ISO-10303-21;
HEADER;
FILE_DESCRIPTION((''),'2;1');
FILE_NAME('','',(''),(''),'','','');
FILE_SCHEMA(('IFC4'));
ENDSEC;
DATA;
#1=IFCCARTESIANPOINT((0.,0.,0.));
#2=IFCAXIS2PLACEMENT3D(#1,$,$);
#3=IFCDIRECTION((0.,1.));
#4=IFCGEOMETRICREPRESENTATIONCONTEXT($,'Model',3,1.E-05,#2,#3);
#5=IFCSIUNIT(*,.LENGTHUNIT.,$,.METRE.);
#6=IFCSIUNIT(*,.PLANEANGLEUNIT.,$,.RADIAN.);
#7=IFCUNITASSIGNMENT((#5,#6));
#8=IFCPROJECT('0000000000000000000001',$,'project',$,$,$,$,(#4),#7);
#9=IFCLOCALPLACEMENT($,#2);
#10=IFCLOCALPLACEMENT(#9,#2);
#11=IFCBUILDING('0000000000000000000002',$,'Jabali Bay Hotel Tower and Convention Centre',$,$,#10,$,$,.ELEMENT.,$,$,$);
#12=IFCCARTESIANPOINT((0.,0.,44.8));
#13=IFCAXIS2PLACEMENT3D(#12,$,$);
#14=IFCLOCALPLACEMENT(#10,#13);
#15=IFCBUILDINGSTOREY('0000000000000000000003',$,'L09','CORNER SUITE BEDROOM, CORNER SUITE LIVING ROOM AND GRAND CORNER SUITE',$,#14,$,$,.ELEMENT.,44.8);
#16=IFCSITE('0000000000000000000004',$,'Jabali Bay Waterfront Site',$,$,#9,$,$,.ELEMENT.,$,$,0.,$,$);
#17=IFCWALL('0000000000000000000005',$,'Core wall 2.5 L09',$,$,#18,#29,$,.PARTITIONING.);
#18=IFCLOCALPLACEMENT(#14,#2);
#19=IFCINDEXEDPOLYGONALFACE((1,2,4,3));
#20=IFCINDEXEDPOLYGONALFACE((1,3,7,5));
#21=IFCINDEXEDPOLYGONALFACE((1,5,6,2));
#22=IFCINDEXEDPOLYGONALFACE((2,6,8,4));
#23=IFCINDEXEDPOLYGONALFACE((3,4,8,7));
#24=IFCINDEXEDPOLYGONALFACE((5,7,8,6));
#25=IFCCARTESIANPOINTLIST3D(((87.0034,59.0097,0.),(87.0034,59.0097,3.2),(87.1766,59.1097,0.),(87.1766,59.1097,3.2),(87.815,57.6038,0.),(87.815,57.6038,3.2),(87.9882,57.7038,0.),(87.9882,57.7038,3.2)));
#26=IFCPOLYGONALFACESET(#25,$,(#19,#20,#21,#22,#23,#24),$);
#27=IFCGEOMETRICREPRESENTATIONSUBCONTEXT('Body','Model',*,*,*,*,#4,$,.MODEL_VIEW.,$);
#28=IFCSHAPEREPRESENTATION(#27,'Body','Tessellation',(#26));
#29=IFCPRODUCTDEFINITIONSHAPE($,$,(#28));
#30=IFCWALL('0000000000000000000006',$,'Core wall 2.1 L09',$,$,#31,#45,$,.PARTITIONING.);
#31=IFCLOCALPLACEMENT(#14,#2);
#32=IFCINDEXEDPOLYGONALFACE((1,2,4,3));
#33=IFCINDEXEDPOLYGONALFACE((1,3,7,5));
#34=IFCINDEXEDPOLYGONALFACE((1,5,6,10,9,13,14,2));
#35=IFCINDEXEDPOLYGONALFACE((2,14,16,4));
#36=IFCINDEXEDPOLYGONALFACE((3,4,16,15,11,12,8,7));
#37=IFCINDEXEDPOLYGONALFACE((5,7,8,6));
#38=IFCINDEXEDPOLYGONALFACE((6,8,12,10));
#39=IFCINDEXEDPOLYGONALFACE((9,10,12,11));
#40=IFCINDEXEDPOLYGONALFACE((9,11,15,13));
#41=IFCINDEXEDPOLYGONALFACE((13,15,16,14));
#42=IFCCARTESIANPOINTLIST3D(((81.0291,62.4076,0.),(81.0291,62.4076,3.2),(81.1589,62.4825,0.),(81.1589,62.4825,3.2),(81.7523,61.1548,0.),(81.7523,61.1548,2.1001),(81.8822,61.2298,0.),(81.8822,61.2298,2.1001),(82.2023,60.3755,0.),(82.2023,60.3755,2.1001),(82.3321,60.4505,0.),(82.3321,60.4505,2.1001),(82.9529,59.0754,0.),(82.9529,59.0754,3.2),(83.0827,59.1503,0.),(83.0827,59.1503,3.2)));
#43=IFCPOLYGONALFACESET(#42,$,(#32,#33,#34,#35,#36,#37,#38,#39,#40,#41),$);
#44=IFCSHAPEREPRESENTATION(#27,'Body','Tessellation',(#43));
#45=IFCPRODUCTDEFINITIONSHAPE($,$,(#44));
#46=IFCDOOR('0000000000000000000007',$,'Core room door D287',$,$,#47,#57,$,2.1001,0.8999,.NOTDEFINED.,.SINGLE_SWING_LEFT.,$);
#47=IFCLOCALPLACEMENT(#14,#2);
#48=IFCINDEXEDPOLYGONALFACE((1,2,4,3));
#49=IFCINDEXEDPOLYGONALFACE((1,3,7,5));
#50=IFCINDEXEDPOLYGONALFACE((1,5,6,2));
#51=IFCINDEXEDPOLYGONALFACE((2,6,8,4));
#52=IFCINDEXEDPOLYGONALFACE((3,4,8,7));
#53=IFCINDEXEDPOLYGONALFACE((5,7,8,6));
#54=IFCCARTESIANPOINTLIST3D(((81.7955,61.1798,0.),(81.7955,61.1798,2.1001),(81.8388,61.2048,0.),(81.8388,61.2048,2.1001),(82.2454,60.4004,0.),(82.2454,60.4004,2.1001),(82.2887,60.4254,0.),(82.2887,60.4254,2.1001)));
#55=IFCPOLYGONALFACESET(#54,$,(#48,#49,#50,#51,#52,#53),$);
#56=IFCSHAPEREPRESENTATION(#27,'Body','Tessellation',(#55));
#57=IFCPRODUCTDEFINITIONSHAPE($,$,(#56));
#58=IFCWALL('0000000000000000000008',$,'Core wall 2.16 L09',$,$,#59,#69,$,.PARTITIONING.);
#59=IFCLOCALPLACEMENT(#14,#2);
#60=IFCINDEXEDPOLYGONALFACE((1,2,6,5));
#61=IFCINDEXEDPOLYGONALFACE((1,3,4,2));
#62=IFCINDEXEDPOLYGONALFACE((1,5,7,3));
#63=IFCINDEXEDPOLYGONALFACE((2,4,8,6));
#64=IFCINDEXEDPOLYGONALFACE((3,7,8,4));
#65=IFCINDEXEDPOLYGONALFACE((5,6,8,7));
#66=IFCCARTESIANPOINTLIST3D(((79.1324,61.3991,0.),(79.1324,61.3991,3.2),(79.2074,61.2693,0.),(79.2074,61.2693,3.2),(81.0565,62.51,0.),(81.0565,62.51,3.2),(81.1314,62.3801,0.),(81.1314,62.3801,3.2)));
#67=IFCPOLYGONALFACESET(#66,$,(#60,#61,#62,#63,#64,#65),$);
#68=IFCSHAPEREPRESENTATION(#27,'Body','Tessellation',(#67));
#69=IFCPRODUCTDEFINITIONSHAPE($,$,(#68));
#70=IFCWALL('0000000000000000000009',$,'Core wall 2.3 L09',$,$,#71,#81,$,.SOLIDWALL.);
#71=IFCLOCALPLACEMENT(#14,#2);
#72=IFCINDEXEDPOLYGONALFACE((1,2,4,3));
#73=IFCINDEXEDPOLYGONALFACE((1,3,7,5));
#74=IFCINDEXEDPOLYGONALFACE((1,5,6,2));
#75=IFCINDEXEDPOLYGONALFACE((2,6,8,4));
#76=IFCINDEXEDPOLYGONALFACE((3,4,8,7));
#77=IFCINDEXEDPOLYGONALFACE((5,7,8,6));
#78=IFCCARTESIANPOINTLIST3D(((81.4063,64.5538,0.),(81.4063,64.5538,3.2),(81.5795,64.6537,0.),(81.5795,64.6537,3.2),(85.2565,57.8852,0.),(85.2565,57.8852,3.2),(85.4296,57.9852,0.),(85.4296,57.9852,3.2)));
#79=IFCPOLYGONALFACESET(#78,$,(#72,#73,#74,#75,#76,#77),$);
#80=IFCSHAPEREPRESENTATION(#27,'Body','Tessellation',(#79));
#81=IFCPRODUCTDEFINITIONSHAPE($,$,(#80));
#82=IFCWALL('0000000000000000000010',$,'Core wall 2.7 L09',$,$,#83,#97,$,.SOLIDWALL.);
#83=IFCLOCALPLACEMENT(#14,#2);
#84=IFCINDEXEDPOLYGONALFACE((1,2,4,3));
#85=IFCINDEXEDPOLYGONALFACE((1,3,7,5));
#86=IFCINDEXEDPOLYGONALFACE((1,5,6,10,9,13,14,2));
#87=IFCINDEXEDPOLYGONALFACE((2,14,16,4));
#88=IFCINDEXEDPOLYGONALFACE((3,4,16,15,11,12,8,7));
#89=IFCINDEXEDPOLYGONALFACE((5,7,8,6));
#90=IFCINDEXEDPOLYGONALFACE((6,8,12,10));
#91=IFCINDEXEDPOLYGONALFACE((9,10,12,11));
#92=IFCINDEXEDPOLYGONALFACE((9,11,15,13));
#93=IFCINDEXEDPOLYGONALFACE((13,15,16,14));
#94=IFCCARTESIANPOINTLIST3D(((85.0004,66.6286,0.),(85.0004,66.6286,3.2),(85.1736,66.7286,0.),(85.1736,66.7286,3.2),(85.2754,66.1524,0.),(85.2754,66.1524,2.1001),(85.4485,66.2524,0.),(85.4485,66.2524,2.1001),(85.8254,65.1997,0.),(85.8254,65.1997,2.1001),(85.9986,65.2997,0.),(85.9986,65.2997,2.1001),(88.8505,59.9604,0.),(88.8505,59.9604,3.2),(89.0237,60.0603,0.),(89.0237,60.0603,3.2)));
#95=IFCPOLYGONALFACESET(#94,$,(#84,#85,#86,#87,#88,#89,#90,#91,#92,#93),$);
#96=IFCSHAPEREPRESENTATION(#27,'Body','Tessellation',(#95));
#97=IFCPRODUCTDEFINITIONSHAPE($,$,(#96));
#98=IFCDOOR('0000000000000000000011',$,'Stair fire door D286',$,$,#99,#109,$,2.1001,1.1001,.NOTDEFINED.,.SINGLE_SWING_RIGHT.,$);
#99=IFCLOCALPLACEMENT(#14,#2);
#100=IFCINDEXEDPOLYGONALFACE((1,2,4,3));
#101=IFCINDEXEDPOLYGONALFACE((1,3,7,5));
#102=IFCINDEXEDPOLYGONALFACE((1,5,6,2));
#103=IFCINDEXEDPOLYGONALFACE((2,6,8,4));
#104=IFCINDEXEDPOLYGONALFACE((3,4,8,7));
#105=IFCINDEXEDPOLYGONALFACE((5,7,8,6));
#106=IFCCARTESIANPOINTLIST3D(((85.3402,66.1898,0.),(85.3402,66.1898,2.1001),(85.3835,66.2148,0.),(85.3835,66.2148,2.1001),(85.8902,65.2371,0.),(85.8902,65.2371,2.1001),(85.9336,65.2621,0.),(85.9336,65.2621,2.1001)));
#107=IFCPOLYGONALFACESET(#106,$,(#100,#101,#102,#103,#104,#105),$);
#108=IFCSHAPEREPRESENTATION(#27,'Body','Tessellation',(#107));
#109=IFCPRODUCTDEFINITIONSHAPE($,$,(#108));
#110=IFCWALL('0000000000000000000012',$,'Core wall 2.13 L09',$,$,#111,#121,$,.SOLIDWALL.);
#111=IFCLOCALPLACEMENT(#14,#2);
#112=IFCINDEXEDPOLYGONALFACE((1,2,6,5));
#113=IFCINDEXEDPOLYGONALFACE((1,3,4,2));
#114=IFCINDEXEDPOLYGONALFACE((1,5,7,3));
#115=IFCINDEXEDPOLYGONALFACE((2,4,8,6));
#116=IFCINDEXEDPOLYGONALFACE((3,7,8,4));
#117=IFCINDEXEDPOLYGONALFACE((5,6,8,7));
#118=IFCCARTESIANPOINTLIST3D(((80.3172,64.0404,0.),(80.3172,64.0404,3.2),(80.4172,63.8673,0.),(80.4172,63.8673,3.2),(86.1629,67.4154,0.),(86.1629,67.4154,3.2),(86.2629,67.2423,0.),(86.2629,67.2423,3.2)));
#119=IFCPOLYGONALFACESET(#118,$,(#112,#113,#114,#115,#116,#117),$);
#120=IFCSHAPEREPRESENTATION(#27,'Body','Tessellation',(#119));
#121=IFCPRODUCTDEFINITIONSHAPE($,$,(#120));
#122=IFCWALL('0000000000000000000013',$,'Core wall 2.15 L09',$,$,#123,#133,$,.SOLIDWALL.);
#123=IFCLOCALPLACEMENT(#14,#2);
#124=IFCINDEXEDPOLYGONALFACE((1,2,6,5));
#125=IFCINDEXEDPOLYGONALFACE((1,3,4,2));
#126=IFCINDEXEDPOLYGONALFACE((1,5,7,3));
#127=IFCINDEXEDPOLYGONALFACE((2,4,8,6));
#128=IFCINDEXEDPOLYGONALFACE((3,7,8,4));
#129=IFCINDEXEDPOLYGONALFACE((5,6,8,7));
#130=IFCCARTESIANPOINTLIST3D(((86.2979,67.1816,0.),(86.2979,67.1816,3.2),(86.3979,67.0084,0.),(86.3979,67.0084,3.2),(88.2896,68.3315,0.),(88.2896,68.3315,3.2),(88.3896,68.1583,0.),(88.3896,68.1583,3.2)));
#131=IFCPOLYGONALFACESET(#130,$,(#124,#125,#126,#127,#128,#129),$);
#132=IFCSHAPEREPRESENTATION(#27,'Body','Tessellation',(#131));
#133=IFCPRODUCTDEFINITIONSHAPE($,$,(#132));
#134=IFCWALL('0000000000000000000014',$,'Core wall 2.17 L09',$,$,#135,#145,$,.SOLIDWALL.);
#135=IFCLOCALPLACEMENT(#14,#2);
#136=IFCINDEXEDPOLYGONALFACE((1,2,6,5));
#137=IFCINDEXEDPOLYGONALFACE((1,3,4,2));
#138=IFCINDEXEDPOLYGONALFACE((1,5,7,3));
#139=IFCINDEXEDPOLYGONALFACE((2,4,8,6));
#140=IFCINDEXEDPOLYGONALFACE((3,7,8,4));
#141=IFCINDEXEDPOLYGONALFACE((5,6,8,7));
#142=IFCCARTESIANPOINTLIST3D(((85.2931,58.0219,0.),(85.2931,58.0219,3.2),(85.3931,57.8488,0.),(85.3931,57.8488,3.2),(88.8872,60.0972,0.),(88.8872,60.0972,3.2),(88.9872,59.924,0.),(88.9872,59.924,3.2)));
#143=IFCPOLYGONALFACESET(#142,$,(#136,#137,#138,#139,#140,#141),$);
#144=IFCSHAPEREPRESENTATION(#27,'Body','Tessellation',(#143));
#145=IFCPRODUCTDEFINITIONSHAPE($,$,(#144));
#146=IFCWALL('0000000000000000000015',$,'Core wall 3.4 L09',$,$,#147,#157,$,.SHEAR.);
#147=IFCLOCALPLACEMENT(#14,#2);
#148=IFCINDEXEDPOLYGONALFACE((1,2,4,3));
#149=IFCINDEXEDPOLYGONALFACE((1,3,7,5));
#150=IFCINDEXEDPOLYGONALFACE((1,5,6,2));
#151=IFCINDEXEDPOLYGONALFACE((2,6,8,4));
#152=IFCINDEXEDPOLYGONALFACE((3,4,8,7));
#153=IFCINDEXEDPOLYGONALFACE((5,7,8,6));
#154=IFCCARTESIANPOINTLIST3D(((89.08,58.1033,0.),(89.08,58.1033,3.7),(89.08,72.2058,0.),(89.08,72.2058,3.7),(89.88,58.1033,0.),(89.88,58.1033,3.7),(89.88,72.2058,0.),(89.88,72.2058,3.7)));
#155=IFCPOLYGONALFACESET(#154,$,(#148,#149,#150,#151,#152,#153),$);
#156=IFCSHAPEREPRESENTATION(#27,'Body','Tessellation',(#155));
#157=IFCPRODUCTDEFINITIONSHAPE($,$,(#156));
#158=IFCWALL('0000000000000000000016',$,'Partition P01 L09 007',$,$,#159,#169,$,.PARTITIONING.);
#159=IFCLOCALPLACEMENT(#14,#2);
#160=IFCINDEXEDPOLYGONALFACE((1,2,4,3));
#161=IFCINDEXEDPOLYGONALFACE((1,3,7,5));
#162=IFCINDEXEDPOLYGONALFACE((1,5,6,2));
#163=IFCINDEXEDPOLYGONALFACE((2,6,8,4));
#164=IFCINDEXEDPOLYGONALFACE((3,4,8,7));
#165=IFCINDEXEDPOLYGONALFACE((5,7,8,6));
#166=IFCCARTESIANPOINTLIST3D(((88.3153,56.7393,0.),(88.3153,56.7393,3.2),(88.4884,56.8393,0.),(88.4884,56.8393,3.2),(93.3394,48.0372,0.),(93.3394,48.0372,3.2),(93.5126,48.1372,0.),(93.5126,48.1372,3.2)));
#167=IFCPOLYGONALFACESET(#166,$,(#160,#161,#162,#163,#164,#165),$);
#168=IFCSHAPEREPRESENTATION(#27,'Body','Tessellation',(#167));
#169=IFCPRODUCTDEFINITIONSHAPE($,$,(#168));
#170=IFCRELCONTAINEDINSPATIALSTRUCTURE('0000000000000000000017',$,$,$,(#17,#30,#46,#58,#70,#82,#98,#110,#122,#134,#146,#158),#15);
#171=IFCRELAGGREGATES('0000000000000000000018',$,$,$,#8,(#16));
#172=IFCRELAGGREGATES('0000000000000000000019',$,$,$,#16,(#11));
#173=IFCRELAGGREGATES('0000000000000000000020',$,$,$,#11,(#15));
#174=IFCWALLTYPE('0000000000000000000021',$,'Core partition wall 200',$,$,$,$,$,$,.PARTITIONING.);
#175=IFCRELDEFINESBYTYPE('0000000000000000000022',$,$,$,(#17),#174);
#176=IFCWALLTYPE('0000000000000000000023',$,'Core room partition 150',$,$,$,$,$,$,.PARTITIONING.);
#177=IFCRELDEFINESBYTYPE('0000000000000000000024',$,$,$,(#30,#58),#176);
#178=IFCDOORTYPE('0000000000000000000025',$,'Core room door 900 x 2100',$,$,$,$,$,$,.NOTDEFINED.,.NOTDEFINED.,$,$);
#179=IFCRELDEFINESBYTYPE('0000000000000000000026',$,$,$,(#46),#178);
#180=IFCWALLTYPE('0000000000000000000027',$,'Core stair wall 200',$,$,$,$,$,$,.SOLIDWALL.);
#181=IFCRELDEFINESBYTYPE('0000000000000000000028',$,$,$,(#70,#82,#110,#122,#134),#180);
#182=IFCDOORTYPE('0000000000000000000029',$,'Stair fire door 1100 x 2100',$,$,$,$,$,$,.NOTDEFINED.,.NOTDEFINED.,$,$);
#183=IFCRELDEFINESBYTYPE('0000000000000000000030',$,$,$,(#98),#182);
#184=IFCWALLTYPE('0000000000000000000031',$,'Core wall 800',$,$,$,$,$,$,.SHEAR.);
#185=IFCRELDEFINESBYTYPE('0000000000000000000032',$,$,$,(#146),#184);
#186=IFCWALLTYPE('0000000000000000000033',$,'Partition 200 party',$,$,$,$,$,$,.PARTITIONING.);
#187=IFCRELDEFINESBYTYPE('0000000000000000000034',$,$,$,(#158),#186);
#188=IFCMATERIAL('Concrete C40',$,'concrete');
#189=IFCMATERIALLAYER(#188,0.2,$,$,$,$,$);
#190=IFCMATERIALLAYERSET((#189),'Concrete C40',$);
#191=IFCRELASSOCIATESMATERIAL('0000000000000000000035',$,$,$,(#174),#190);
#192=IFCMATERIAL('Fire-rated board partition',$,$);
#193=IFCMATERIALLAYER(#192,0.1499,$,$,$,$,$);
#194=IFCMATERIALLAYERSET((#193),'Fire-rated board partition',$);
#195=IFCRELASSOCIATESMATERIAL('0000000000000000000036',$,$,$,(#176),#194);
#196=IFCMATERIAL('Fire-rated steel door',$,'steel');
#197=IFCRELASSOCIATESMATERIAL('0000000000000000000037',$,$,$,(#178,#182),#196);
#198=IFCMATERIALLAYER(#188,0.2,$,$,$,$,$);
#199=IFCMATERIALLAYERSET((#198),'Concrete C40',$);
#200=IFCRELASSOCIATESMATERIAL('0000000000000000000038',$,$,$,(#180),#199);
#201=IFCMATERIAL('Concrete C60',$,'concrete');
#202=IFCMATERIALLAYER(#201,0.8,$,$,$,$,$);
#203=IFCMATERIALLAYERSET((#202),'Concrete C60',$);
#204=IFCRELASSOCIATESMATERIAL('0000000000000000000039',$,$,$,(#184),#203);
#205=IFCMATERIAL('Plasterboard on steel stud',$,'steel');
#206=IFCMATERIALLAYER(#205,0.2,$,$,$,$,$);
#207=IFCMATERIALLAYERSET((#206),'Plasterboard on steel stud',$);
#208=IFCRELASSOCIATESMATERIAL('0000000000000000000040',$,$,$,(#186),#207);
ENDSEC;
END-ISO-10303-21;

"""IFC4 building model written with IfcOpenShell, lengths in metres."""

from ifc_helpers import new_model, si_unit, direction, frame, frame_2d, origin, place, context, subcontext, project, spatial, rectangle, extrude, material, layer, layer_set, type_object, element, fill, save


model = new_model("IFC4")

# Units and contexts
model_context = context("Model", 3, precision=1e-05, world=origin(), true_north=direction((0.0, 1.0)))
body_context = subcontext(model_context, "Body", "Model", "MODEL_VIEW")
ifc_project = project(units=[si_unit("LENGTHUNIT", "METRE"), si_unit("PLANEANGLEUNIT", "RADIAN")], contexts=[model_context])

# Site, building, storey
site_placement = place(None, origin())
site = spatial("IfcSite", under=ifc_project, at=site_placement, Name="Jabali Bay Waterfront Site", CompositionType="ELEMENT", RefElevation=0.0)
building_placement = place(site_placement, origin())
building = spatial("IfcBuilding", under=site, at=building_placement, Name="Jabali Bay Hotel Tower and Convention Centre", CompositionType="ELEMENT")
storey_placement = place(building_placement, frame((0.0, 0.0, 44.8)))
storey = spatial("IfcBuildingStorey", under=building, at=storey_placement, Name="L09", Description="CORNER SUITE BEDROOM, CORNER SUITE LIVING ROOM AND GRAND CORNER SUITE", CompositionType="ELEMENT", Elevation=44.8)

# Wall
ifc_material_1 = material(Name="Concrete C40", Category="concrete")
ifc_layer_1 = layer(ifc_material_1, 0.2)
ifc_layer_set_1 = layer_set([ifc_layer_1], Name="Concrete C40")
wall_type_1 = type_object("IfcWallType", Name="Core partition wall 200", PredefinedType="PARTITIONING", material=ifc_layer_set_1)
wall_1_placement = place(storey_placement, frame((87.0901, 59.0596, 0.0), z_axis=(0.0, 0.0, 1.0), x_axis=(0.499957, -0.86605, 0.0)))
element("IfcWall", 1, at=wall_1_placement, inside=storey, type_object=wall_type_1, Name="Core wall 2.5 L09", PredefinedType="PARTITIONING", context=body_context, shape_type="SweptSolid", body=[
    extrude(rectangle(XDim=1.6233, YDim=0.2, at=frame_2d((0.8115, 0.0))), origin(), (0.0, 0.0, 1.0), 3.2),
])

# Wall, opening, door
ifc_material_2 = material(Name="Fire-rated board partition")
ifc_layer_2 = layer(ifc_material_2, 0.1499)
ifc_layer_set_2 = layer_set([ifc_layer_2], Name="Fire-rated board partition")
wall_type_2 = type_object("IfcWallType", Name="Core room partition 150", PredefinedType="PARTITIONING", material=ifc_layer_set_2)
wall_2_placement = place(storey_placement, frame((81.094, 62.4451, 0.0), z_axis=(0.0, 0.0, 1.0), x_axis=(0.499988, -0.866032, 0.0)))
wall_2 = element("IfcWall", 2, at=wall_2_placement, inside=storey, type_object=wall_type_2, Name="Core wall 2.1 L09", PredefinedType="PARTITIONING", context=body_context, shape_type="SweptSolid", body=[
    extrude(rectangle(XDim=3.8477, YDim=0.1499, at=frame_2d((1.9238, 0.0))), origin(), (0.0, 0.0, 1.0), 3.2),
])
opening_1_placement = place(wall_2_placement, frame((1.4465, 0.0, 0.0)))
opening_1 = element("IfcOpeningElement", 3, at=opening_1_placement, cuts=wall_2, PredefinedType="OPENING", context=body_context, shape_type="SweptSolid", body=[
    extrude(rectangle(XDim=0.8999, YDim=2.1001, at=frame_2d((0.45, 1.05))), frame((0.0, 0.0854, 0.0), z_axis=(0.0, -1.0, 0.0), x_axis=(1.0, 0.0, 0.0)), (0.0, 0.0, 1.0), 0.1709),
])
ifc_material_3 = material(Name="Fire-rated steel door", Category="steel")
door_type_1 = type_object("IfcDoorType", Name="Core room door 900 x 2100", OperationType="NOTDEFINED", PredefinedType="NOTDEFINED", material=ifc_material_3)
door_1_placement = place(opening_1_placement, origin())
door_1 = element("IfcDoor", 4, at=door_1_placement, inside=storey, type_object=door_type_1, Name="Core room door D287", OperationType="SINGLE_SWING_LEFT", OverallHeight=2.1001, OverallWidth=0.8999, PredefinedType="NOTDEFINED", context=body_context, shape_type="SweptSolid", body=[
    extrude(rectangle(XDim=0.8999, YDim=2.1001, at=frame_2d((0.45, 1.05))), frame((0.0, 0.0249, 0.0), z_axis=(0.0, -1.0, 0.0), x_axis=(1.0, 0.0, 0.0)), (0.0, 0.0, 1.0), 0.05),
])
fill(opening_1, door_1)

# Walls
wall_3_placement = place(storey_placement, frame((79.1699, 61.3342, 0.0), z_axis=(0.0, 0.0, 1.0), x_axis=(0.86603, 0.499992, 0.0)))
element("IfcWall", 5, at=wall_3_placement, inside=storey, type_object=wall_type_2, Name="Core wall 2.16 L09", PredefinedType="PARTITIONING", context=body_context, shape_type="SweptSolid", body=[
    extrude(rectangle(XDim=2.2217, YDim=0.1499, at=frame_2d((1.1108, 0.0))), origin(), (0.0, 0.0, 1.0), 3.2),
])
ifc_layer_3 = layer(ifc_material_1, 0.2)
ifc_layer_set_3 = layer_set([ifc_layer_3], Name="Concrete C40")
wall_type_3 = type_object("IfcWallType", Name="Core stair wall 200", PredefinedType="SOLIDWALL", material=ifc_layer_set_3)
wall_4_placement = place(storey_placement, frame((81.4929, 64.6038, 0.0), z_axis=(0.0, 0.0, 1.0), x_axis=(0.500006, -0.866022, 0.0)))
element("IfcWall", 6, at=wall_4_placement, inside=storey, type_object=wall_type_3, Name="Core wall 2.3 L09", PredefinedType="SOLIDWALL", context=body_context, shape_type="SweptSolid", body=[
    extrude(rectangle(XDim=7.7002, YDim=0.2, at=frame_2d((3.8501, 0.0))), origin(), (0.0, 0.0, 1.0), 3.2),
])

# Wall, opening, door
wall_5_placement = place(storey_placement, frame((85.0869, 66.6787, 0.0), z_axis=(0.0, 0.0, 1.0), x_axis=(0.50002, -0.866014, 0.0)))
wall_5 = element("IfcWall", 7, at=wall_5_placement, inside=storey, type_object=wall_type_3, Name="Core wall 2.7 L09", PredefinedType="SOLIDWALL", context=body_context, shape_type="SweptSolid", body=[
    extrude(rectangle(XDim=7.7, YDim=0.2, at=frame_2d((3.8501, 0.0))), origin(), (0.0, 0.0, 1.0), 3.2),
])
opening_2_placement = place(wall_5_placement, frame((0.55, 0.0, 0.0)))
opening_2 = element("IfcOpeningElement", 8, at=opening_2_placement, cuts=wall_5, PredefinedType="OPENING", context=body_context, shape_type="SweptSolid", body=[
    extrude(rectangle(XDim=1.1001, YDim=2.1001, at=frame_2d((0.55, 1.05))), frame((0.0, 0.1104, 0.0), z_axis=(0.0, -1.0, 0.0), x_axis=(1.0, 0.0, 0.0)), (0.0, 0.0, 1.0), 0.2209),
])
door_type_2 = type_object("IfcDoorType", Name="Stair fire door 1100 x 2100", OperationType="NOTDEFINED", PredefinedType="NOTDEFINED", material=ifc_material_3)
door_2_placement = place(opening_2_placement, origin())
door_2 = element("IfcDoor", 9, at=door_2_placement, inside=storey, type_object=door_type_2, Name="Stair fire door D286", OperationType="SINGLE_SWING_RIGHT", OverallHeight=2.1001, OverallWidth=1.1001, PredefinedType="NOTDEFINED", context=body_context, shape_type="SweptSolid", body=[
    extrude(rectangle(XDim=1.1001, YDim=2.1001, at=frame_2d((0.55, 1.05))), frame((0.0, 0.0249, 0.0), z_axis=(0.0, -1.0, 0.0), x_axis=(1.0, 0.0, 0.0)), (0.0, 0.0, 1.0), 0.05),
])
fill(opening_2, door_2)

# Walls
wall_6_placement = place(storey_placement, frame((80.3672, 63.9539, 0.0), z_axis=(0.0, 0.0, 1.0), x_axis=(0.866027, 0.499998, 0.0)))
element("IfcWall", 10, at=wall_6_placement, inside=storey, type_object=wall_type_3, Name="Core wall 2.13 L09", PredefinedType="SOLIDWALL", context=body_context, shape_type="SweptSolid", body=[
    extrude(rectangle(XDim=6.75, YDim=0.2, at=frame_2d((3.375, 0.0))), origin(), (0.0, 0.0, 1.0), 3.2),
])
wall_7_placement = place(storey_placement, frame((86.3479, 67.095, 0.0), z_axis=(0.0, 0.0, 1.0), x_axis=(0.866026, 0.499998, 0.0)))
element("IfcWall", 11, at=wall_7_placement, inside=storey, type_object=wall_type_3, Name="Core wall 2.15 L09", PredefinedType="SOLIDWALL", context=body_context, shape_type="SweptSolid", body=[
    extrude(rectangle(XDim=2.2998, YDim=0.2, at=frame_2d((1.1499, 0.0))), origin(), (0.0, 0.0, 1.0), 3.2),
])
wall_8_placement = place(storey_placement, frame((85.343, 57.9353, 0.0), z_axis=(0.0, 0.0, 1.0), x_axis=(0.866004, 0.500036, 0.0)))
element("IfcWall", 12, at=wall_8_placement, inside=storey, type_object=wall_type_3, Name="Core wall 2.17 L09", PredefinedType="SOLIDWALL", context=body_context, shape_type="SweptSolid", body=[
    extrude(rectangle(XDim=4.1501, YDim=0.2, at=frame_2d((2.0752, 0.0))), origin(), (0.0, 0.0, 1.0), 3.2),
])
ifc_material_4 = material(Name="Concrete C60", Category="concrete")
ifc_layer_4 = layer(ifc_material_4, 0.8)
ifc_layer_set_4 = layer_set([ifc_layer_4], Name="Concrete C60")
wall_type_4 = type_object("IfcWallType", Name="Core wall 800", PredefinedType="SHEAR", material=ifc_layer_set_4)
wall_9_placement = place(storey_placement, frame((89.48, 58.1033, 0.0), z_axis=(0.0, 0.0, 1.0), x_axis=(0.0, 1.0, 0.0)))
element("IfcWall", 13, at=wall_9_placement, inside=storey, type_object=wall_type_4, Name="Core wall 3.4 L09", PredefinedType="SHEAR", context=body_context, shape_type="SweptSolid", body=[
    extrude(rectangle(XDim=14.1025, YDim=0.8, at=frame_2d((7.0513, 0.0))), origin(), (0.0, 0.0, 1.0), 3.7),
])
ifc_material_5 = material(Name="Plasterboard on steel stud", Category="steel")
ifc_layer_5 = layer(ifc_material_5, 0.2)
ifc_layer_set_5 = layer_set([ifc_layer_5], Name="Plasterboard on steel stud")
wall_type_5 = type_object("IfcWallType", Name="Partition 200 party", PredefinedType="PARTITIONING", material=ifc_layer_set_5)
wall_10_placement = place(storey_placement, frame((88.4019, 56.7893, 0.0), z_axis=(0.0, 0.0, 1.0), x_axis=(0.499999, -0.866026, 0.0)))
element("IfcWall", 14, at=wall_10_placement, inside=storey, type_object=wall_type_5, Name="Partition P01 L09 007", PredefinedType="PARTITIONING", context=body_context, shape_type="SweptSolid", body=[
    extrude(rectangle(XDim=10.0483, YDim=0.2, at=frame_2d((5.0242, 0.0))), origin(), (0.0, 0.0, 1.0), 3.2),
])

save(model, "model.ifc")
